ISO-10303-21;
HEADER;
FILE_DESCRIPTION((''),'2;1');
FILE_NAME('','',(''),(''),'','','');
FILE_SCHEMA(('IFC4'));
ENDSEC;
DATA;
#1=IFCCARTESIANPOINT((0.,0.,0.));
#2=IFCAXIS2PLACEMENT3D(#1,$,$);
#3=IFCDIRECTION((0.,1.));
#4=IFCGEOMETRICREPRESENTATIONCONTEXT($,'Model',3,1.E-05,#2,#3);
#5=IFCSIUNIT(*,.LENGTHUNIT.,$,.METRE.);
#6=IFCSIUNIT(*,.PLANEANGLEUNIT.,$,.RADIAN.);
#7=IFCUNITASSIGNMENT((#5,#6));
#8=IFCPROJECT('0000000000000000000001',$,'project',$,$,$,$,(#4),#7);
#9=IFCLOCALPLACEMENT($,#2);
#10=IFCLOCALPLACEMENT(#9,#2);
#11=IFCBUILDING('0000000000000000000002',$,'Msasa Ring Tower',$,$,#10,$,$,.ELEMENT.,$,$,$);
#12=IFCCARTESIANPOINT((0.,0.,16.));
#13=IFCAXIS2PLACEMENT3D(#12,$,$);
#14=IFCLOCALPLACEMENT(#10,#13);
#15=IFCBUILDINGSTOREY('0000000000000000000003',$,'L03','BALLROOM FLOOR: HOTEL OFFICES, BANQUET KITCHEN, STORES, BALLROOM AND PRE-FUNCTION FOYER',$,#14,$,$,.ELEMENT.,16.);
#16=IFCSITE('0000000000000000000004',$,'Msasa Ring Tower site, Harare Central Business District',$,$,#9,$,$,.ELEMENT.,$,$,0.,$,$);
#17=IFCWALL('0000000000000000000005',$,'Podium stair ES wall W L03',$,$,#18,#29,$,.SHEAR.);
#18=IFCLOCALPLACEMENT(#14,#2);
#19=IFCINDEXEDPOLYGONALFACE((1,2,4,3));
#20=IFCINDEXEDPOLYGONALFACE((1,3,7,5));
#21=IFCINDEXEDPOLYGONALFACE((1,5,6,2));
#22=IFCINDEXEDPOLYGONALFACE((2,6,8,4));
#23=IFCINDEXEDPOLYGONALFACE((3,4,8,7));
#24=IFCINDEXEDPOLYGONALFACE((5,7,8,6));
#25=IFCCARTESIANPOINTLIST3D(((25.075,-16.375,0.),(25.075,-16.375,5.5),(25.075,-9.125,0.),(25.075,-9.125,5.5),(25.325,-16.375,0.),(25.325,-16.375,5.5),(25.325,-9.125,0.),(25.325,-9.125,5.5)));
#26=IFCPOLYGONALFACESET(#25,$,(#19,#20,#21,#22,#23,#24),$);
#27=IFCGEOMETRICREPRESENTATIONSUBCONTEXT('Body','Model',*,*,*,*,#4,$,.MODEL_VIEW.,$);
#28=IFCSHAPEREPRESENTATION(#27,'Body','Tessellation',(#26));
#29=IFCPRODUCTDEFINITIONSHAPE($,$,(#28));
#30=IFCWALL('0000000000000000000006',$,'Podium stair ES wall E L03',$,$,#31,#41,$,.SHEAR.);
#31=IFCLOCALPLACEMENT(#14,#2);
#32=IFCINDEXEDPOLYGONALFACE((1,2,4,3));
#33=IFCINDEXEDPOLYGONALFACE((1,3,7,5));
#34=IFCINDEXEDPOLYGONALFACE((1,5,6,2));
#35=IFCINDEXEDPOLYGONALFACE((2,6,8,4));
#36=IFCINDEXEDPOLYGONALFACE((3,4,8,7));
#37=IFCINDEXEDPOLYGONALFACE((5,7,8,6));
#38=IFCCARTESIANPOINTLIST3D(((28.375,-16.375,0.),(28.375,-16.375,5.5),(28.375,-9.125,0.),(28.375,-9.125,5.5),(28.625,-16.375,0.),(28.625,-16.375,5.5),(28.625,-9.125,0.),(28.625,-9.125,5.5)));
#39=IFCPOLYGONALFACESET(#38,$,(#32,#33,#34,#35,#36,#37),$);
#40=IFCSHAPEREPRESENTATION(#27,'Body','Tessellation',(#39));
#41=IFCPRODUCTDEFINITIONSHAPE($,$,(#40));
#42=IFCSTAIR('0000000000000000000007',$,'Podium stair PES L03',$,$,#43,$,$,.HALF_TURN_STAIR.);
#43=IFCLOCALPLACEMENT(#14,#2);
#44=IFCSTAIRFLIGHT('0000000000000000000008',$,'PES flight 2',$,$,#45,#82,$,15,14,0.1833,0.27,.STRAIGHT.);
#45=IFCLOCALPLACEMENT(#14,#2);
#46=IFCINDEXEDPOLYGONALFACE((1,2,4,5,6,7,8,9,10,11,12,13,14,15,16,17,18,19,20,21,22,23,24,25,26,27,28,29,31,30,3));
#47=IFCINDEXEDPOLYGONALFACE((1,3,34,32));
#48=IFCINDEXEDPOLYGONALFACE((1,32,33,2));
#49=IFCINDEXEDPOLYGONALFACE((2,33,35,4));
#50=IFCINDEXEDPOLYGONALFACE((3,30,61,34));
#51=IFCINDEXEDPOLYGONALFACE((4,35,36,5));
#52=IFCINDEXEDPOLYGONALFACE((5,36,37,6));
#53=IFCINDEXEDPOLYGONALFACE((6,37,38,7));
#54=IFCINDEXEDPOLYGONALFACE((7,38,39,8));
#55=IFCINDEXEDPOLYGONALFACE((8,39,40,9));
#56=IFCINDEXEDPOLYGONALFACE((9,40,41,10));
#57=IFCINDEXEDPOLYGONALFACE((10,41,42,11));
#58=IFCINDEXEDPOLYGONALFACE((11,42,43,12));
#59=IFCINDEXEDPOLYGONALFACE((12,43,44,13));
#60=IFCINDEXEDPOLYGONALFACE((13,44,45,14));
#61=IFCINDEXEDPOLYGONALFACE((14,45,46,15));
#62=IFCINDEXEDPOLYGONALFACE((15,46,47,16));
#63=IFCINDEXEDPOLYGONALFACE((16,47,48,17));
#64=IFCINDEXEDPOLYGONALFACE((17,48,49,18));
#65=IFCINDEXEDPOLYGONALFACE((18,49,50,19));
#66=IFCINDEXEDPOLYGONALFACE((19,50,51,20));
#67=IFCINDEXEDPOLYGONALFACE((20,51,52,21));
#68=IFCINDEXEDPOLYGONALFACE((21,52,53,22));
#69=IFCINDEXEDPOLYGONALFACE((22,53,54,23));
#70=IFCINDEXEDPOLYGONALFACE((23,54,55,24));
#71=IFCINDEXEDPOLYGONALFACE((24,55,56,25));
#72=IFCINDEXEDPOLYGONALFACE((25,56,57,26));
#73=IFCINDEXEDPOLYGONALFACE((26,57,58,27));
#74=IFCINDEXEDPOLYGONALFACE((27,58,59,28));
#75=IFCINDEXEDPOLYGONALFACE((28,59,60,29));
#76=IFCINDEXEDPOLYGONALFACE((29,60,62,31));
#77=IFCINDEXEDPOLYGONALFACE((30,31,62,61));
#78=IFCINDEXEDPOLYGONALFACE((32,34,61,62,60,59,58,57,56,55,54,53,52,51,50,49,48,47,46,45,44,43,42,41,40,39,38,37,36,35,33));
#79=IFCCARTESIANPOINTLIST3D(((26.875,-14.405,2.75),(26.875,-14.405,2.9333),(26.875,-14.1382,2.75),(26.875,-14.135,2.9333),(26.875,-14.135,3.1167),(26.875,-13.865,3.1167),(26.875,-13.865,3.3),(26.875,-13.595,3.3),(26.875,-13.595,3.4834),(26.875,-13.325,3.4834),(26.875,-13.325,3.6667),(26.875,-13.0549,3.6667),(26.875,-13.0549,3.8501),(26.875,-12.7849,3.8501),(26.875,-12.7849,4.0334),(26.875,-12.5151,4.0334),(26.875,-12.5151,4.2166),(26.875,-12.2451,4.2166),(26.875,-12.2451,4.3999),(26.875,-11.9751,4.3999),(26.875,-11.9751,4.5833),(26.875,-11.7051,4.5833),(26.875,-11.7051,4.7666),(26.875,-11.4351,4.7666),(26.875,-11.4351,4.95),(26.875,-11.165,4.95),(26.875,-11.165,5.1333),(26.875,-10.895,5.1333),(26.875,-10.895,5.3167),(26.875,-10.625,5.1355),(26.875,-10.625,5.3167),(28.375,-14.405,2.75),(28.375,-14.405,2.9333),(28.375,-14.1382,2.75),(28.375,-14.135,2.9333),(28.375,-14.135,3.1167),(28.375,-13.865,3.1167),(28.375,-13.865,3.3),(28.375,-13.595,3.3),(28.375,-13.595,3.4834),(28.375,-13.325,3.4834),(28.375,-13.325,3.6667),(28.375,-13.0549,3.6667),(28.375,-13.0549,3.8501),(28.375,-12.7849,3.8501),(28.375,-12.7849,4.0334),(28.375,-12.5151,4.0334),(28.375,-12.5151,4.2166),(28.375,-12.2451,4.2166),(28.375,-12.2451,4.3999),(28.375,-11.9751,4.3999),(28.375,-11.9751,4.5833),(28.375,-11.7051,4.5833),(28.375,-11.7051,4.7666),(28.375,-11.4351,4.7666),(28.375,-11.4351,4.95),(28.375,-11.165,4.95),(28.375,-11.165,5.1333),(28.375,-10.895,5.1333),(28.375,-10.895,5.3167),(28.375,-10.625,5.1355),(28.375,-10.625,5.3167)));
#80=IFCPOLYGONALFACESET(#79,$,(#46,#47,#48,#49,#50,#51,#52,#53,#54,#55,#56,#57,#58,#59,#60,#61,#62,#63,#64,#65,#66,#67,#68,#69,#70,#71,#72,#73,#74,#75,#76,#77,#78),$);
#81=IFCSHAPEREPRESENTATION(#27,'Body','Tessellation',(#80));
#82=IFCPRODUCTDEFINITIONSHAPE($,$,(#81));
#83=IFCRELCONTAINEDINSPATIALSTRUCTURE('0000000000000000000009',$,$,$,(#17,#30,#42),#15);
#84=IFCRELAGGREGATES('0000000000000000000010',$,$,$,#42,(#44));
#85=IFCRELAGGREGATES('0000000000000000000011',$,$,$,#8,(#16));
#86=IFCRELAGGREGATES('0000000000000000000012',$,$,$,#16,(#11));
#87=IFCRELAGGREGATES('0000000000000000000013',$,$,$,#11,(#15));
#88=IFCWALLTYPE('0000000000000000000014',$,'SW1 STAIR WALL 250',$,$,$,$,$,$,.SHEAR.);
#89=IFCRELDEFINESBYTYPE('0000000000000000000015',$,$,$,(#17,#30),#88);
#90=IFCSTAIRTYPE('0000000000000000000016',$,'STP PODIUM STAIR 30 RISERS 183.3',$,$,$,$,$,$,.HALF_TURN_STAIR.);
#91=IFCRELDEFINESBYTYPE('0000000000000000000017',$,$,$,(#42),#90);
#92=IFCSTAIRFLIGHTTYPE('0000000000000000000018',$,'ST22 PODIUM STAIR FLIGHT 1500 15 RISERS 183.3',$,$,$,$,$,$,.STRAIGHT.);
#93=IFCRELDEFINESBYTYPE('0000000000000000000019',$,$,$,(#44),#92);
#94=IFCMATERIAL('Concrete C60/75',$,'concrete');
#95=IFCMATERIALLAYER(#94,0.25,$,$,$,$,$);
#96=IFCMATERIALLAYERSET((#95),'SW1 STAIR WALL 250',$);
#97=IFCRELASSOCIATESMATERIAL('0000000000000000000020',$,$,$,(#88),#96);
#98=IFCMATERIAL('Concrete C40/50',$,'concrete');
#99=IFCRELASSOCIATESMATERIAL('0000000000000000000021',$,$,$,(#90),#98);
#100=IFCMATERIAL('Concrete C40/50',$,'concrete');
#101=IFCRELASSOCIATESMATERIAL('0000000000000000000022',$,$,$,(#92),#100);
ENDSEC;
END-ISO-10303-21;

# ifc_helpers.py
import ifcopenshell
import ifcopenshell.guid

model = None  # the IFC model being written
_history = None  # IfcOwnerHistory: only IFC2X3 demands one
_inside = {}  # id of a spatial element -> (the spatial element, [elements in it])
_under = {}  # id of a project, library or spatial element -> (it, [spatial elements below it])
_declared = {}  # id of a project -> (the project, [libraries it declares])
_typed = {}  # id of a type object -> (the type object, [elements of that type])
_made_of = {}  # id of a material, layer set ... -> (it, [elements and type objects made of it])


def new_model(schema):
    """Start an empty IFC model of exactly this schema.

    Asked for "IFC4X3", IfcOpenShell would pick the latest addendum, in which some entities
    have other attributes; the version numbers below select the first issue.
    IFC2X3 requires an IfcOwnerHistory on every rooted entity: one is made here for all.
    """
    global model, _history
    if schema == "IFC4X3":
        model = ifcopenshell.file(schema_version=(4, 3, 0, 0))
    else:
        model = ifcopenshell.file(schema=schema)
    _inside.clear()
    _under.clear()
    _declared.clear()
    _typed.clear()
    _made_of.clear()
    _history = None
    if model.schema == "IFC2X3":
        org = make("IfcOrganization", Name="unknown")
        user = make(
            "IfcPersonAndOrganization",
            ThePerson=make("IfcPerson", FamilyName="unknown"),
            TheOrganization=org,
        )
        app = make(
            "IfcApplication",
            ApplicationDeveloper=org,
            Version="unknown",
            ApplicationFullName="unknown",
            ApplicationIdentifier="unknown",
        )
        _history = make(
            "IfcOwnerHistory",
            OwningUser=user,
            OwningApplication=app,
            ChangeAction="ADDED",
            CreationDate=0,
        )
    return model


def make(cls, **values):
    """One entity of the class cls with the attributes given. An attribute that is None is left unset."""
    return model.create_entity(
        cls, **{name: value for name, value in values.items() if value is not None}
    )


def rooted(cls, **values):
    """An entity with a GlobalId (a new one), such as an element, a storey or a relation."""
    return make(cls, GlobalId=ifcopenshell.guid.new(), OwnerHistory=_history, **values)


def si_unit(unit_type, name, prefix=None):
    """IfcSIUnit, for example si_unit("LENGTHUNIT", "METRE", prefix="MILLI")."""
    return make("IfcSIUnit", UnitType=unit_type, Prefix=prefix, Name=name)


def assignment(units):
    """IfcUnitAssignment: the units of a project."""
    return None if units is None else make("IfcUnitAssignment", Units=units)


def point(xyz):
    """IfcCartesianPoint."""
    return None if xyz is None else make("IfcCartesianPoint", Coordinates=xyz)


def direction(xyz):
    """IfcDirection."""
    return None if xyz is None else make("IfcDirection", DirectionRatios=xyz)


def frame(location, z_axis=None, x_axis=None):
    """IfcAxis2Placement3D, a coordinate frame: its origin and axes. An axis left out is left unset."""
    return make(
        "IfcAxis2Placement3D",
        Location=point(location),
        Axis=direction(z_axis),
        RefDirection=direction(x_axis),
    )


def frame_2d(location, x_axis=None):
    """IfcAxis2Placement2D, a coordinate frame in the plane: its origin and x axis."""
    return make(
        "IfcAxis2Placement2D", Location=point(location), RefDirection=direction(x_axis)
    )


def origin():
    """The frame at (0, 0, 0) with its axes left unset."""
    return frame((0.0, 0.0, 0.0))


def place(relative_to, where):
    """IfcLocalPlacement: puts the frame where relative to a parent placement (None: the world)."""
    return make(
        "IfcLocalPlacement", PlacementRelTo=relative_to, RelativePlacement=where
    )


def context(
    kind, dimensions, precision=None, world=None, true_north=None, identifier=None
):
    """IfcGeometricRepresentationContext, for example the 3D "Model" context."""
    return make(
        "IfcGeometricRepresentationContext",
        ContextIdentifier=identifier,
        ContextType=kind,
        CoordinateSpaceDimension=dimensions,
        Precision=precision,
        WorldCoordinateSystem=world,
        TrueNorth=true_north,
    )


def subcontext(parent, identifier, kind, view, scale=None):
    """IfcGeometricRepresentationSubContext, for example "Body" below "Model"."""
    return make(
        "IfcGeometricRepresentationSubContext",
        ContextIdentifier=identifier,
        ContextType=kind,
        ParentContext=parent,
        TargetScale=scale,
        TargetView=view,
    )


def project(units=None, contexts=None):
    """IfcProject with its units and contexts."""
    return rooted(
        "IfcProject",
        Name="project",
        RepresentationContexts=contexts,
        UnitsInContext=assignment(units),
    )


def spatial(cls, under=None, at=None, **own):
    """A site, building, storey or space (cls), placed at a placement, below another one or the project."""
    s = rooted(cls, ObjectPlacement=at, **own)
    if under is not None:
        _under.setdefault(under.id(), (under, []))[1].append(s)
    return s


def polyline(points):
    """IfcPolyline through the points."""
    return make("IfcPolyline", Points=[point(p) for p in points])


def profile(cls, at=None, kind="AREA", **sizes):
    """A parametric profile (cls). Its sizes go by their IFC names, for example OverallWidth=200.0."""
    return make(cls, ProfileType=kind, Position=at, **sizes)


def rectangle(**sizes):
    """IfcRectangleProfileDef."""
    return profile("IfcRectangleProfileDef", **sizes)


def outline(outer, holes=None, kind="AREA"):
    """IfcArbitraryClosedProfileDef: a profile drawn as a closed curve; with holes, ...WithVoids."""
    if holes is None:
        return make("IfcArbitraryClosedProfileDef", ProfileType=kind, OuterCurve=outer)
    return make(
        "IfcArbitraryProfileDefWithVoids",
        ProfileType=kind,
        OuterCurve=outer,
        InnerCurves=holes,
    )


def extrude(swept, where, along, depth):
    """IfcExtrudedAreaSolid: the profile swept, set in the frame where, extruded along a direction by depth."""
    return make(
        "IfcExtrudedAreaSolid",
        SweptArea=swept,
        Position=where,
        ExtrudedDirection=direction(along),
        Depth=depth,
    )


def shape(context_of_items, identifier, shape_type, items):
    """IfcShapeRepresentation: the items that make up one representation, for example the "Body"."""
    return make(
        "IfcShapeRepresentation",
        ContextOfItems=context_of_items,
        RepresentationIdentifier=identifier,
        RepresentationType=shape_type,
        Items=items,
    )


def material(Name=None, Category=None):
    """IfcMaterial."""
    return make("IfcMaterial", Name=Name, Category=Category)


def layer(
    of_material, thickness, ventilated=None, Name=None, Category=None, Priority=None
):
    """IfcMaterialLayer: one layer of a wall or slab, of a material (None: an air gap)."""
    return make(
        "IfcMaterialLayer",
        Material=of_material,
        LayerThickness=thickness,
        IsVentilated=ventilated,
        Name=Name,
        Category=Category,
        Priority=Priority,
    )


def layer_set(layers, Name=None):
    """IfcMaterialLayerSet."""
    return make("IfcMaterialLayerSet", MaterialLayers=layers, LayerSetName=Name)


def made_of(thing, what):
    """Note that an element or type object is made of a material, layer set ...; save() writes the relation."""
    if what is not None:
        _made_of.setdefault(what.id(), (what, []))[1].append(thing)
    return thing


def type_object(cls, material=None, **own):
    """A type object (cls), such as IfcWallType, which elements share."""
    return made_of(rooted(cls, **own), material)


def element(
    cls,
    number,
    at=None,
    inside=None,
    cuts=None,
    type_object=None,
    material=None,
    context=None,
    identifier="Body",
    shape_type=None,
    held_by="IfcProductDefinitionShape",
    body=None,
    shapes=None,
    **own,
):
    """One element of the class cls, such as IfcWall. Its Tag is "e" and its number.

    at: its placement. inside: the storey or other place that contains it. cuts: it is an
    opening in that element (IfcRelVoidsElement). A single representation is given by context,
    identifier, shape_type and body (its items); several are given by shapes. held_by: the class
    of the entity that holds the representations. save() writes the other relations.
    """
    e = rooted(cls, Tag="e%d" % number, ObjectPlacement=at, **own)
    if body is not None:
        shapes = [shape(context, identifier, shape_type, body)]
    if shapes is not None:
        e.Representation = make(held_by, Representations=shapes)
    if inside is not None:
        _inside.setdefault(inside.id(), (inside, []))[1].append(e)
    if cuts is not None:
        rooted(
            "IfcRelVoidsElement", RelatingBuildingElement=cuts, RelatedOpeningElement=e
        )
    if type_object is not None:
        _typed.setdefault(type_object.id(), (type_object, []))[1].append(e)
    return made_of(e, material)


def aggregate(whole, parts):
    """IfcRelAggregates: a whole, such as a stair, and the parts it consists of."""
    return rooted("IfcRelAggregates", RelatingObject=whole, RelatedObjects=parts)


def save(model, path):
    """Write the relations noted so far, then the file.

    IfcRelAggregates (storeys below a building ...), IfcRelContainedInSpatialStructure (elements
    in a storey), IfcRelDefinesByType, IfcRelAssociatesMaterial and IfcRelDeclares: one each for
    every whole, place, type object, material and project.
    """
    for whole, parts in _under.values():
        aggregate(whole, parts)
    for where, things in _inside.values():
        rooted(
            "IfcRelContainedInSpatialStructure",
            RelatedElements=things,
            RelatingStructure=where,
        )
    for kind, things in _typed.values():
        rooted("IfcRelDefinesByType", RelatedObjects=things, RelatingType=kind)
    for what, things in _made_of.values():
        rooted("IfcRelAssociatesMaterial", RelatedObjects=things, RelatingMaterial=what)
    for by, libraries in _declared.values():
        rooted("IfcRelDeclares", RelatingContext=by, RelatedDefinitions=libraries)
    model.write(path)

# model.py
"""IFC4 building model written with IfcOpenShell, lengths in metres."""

from ifc_helpers import new_model, si_unit, direction, frame, frame_2d, origin, place, context, subcontext, project, spatial, polyline, rectangle, outline, extrude, material, layer, layer_set, type_object, element, aggregate, save


model = new_model("IFC4")

# Units and contexts
model_context = context("Model", 3, precision=1e-05, world=origin(), true_north=direction((0.0, 1.0)))
body_context = subcontext(model_context, "Body", "Model", "MODEL_VIEW")
ifc_project = project(units=[si_unit("LENGTHUNIT", "METRE"), si_unit("PLANEANGLEUNIT", "RADIAN")], contexts=[model_context])

# Site, building, storey
site_placement = place(None, origin())
site = spatial("IfcSite", under=ifc_project, at=site_placement, Name="Msasa Ring Tower site, Harare Central Business District", CompositionType="ELEMENT", RefElevation=0.0)
building_placement = place(site_placement, origin())
building = spatial("IfcBuilding", under=site, at=building_placement, Name="Msasa Ring Tower", CompositionType="ELEMENT")
storey_placement = place(building_placement, frame((0.0, 0.0, 16.0)))
storey = spatial("IfcBuildingStorey", under=building, at=storey_placement, Name="L03", Description="BALLROOM FLOOR: HOTEL OFFICES, BANQUET KITCHEN, STORES, BALLROOM AND PRE-FUNCTION FOYER", CompositionType="ELEMENT", Elevation=16.0)

# Walls
ifc_material_1 = material(Name="Concrete C60/75", Category="concrete")
ifc_layer_1 = layer(ifc_material_1, 0.25)
ifc_layer_set_1 = layer_set([ifc_layer_1], Name="SW1 STAIR WALL 250")
wall_type_1 = type_object("IfcWallType", Name="SW1 STAIR WALL 250", PredefinedType="SHEAR", material=ifc_layer_set_1)
for number, where, z_axis, x_axis, name in (
    (1, (25.2, -16.375, 0.0), (0.0, 0.0, 1.0), (0.0, 1.0, 0.0), "Podium stair ES wall W L03"),
    (2, (28.5, -16.375, 0.0), (0.0, 0.0, 1.0), (0.0, 1.0, 0.0), "Podium stair ES wall E L03"),
):
    element("IfcWall", number, at=place(storey_placement, frame(where, z_axis=z_axis, x_axis=x_axis)), inside=storey, type_object=wall_type_1, Name=name, PredefinedType="SHEAR", context=body_context, shape_type="SweptSolid", body=[
        extrude(rectangle(XDim=7.25, YDim=0.25, at=frame_2d((3.625, 0.0))), origin(), (0.0, 0.0, 1.0), 5.5),
    ])

# Stair, stair flight
ifc_material_2 = material(Name="Concrete C40/50", Category="concrete")
stair_type = type_object("IfcStairType", Name="STP PODIUM STAIR 30 RISERS 183.3", PredefinedType="HALF_TURN_STAIR", material=ifc_material_2)
stair_placement = place(storey_placement, origin())
stair = element("IfcStair", 3, at=stair_placement, inside=storey, type_object=stair_type, Name="Podium stair PES L03", PredefinedType="HALF_TURN_STAIR")
ifc_material_3 = material(Name="Concrete C40/50", Category="concrete")
stair_flight_type = type_object("IfcStairFlightType", Name="ST22 PODIUM STAIR FLIGHT 1500 15 RISERS 183.3", PredefinedType="STRAIGHT", material=ifc_material_3)
stair_flight_placement = place(storey_placement, frame((27.625, -14.405, 2.75), z_axis=(0.0, 0.0, 1.0), x_axis=(0.0, 1.0, 0.0)))
stair_flight = element("IfcStairFlight", 4, at=stair_flight_placement, type_object=stair_flight_type, Name="PES flight 2", NumberOfRisers=15, NumberOfTreads=14, PredefinedType="STRAIGHT", RiserHeight=0.1833, TreadLength=0.27, context=body_context, shape_type="SweptSolid", body=[
    extrude(outline(polyline([(0.0, 0.0), (0.0, 0.1833), (0.27, 0.1833), (0.27, 0.3667), (0.54, 0.3667), (0.54, 0.55), (0.8101, 0.55), (0.8101, 0.7334), (1.0801, 0.7334), (1.0801, 0.9167), (1.3501, 0.9167), (1.3501, 1.1001), (1.6201, 1.1001), (1.6201, 1.2834), (1.8899, 1.2834), (1.8899, 1.4666), (2.1599, 1.4666), (2.1599, 1.6499), (2.4299, 1.6499), (2.4299, 1.8333), (2.7, 1.8333), (2.7, 2.0166), (2.97, 2.0166), (2.97, 2.2), (3.24, 2.2), (3.24, 2.3833), (3.51, 2.3833), (3.51, 2.5667), (3.78, 2.5667), (3.78, 2.75), (3.78, 2.3855), (0.2668, 0.0), (0.0, 0.0)])), frame((0.0, 0.75, 0.0), z_axis=(0.0, -1.0, 0.0), x_axis=(1.0, 0.0, 0.0)), (0.0, 0.0, 1.0), 1.5),
])
aggregate(stair, [stair_flight])

save(model, "model.ifc")
